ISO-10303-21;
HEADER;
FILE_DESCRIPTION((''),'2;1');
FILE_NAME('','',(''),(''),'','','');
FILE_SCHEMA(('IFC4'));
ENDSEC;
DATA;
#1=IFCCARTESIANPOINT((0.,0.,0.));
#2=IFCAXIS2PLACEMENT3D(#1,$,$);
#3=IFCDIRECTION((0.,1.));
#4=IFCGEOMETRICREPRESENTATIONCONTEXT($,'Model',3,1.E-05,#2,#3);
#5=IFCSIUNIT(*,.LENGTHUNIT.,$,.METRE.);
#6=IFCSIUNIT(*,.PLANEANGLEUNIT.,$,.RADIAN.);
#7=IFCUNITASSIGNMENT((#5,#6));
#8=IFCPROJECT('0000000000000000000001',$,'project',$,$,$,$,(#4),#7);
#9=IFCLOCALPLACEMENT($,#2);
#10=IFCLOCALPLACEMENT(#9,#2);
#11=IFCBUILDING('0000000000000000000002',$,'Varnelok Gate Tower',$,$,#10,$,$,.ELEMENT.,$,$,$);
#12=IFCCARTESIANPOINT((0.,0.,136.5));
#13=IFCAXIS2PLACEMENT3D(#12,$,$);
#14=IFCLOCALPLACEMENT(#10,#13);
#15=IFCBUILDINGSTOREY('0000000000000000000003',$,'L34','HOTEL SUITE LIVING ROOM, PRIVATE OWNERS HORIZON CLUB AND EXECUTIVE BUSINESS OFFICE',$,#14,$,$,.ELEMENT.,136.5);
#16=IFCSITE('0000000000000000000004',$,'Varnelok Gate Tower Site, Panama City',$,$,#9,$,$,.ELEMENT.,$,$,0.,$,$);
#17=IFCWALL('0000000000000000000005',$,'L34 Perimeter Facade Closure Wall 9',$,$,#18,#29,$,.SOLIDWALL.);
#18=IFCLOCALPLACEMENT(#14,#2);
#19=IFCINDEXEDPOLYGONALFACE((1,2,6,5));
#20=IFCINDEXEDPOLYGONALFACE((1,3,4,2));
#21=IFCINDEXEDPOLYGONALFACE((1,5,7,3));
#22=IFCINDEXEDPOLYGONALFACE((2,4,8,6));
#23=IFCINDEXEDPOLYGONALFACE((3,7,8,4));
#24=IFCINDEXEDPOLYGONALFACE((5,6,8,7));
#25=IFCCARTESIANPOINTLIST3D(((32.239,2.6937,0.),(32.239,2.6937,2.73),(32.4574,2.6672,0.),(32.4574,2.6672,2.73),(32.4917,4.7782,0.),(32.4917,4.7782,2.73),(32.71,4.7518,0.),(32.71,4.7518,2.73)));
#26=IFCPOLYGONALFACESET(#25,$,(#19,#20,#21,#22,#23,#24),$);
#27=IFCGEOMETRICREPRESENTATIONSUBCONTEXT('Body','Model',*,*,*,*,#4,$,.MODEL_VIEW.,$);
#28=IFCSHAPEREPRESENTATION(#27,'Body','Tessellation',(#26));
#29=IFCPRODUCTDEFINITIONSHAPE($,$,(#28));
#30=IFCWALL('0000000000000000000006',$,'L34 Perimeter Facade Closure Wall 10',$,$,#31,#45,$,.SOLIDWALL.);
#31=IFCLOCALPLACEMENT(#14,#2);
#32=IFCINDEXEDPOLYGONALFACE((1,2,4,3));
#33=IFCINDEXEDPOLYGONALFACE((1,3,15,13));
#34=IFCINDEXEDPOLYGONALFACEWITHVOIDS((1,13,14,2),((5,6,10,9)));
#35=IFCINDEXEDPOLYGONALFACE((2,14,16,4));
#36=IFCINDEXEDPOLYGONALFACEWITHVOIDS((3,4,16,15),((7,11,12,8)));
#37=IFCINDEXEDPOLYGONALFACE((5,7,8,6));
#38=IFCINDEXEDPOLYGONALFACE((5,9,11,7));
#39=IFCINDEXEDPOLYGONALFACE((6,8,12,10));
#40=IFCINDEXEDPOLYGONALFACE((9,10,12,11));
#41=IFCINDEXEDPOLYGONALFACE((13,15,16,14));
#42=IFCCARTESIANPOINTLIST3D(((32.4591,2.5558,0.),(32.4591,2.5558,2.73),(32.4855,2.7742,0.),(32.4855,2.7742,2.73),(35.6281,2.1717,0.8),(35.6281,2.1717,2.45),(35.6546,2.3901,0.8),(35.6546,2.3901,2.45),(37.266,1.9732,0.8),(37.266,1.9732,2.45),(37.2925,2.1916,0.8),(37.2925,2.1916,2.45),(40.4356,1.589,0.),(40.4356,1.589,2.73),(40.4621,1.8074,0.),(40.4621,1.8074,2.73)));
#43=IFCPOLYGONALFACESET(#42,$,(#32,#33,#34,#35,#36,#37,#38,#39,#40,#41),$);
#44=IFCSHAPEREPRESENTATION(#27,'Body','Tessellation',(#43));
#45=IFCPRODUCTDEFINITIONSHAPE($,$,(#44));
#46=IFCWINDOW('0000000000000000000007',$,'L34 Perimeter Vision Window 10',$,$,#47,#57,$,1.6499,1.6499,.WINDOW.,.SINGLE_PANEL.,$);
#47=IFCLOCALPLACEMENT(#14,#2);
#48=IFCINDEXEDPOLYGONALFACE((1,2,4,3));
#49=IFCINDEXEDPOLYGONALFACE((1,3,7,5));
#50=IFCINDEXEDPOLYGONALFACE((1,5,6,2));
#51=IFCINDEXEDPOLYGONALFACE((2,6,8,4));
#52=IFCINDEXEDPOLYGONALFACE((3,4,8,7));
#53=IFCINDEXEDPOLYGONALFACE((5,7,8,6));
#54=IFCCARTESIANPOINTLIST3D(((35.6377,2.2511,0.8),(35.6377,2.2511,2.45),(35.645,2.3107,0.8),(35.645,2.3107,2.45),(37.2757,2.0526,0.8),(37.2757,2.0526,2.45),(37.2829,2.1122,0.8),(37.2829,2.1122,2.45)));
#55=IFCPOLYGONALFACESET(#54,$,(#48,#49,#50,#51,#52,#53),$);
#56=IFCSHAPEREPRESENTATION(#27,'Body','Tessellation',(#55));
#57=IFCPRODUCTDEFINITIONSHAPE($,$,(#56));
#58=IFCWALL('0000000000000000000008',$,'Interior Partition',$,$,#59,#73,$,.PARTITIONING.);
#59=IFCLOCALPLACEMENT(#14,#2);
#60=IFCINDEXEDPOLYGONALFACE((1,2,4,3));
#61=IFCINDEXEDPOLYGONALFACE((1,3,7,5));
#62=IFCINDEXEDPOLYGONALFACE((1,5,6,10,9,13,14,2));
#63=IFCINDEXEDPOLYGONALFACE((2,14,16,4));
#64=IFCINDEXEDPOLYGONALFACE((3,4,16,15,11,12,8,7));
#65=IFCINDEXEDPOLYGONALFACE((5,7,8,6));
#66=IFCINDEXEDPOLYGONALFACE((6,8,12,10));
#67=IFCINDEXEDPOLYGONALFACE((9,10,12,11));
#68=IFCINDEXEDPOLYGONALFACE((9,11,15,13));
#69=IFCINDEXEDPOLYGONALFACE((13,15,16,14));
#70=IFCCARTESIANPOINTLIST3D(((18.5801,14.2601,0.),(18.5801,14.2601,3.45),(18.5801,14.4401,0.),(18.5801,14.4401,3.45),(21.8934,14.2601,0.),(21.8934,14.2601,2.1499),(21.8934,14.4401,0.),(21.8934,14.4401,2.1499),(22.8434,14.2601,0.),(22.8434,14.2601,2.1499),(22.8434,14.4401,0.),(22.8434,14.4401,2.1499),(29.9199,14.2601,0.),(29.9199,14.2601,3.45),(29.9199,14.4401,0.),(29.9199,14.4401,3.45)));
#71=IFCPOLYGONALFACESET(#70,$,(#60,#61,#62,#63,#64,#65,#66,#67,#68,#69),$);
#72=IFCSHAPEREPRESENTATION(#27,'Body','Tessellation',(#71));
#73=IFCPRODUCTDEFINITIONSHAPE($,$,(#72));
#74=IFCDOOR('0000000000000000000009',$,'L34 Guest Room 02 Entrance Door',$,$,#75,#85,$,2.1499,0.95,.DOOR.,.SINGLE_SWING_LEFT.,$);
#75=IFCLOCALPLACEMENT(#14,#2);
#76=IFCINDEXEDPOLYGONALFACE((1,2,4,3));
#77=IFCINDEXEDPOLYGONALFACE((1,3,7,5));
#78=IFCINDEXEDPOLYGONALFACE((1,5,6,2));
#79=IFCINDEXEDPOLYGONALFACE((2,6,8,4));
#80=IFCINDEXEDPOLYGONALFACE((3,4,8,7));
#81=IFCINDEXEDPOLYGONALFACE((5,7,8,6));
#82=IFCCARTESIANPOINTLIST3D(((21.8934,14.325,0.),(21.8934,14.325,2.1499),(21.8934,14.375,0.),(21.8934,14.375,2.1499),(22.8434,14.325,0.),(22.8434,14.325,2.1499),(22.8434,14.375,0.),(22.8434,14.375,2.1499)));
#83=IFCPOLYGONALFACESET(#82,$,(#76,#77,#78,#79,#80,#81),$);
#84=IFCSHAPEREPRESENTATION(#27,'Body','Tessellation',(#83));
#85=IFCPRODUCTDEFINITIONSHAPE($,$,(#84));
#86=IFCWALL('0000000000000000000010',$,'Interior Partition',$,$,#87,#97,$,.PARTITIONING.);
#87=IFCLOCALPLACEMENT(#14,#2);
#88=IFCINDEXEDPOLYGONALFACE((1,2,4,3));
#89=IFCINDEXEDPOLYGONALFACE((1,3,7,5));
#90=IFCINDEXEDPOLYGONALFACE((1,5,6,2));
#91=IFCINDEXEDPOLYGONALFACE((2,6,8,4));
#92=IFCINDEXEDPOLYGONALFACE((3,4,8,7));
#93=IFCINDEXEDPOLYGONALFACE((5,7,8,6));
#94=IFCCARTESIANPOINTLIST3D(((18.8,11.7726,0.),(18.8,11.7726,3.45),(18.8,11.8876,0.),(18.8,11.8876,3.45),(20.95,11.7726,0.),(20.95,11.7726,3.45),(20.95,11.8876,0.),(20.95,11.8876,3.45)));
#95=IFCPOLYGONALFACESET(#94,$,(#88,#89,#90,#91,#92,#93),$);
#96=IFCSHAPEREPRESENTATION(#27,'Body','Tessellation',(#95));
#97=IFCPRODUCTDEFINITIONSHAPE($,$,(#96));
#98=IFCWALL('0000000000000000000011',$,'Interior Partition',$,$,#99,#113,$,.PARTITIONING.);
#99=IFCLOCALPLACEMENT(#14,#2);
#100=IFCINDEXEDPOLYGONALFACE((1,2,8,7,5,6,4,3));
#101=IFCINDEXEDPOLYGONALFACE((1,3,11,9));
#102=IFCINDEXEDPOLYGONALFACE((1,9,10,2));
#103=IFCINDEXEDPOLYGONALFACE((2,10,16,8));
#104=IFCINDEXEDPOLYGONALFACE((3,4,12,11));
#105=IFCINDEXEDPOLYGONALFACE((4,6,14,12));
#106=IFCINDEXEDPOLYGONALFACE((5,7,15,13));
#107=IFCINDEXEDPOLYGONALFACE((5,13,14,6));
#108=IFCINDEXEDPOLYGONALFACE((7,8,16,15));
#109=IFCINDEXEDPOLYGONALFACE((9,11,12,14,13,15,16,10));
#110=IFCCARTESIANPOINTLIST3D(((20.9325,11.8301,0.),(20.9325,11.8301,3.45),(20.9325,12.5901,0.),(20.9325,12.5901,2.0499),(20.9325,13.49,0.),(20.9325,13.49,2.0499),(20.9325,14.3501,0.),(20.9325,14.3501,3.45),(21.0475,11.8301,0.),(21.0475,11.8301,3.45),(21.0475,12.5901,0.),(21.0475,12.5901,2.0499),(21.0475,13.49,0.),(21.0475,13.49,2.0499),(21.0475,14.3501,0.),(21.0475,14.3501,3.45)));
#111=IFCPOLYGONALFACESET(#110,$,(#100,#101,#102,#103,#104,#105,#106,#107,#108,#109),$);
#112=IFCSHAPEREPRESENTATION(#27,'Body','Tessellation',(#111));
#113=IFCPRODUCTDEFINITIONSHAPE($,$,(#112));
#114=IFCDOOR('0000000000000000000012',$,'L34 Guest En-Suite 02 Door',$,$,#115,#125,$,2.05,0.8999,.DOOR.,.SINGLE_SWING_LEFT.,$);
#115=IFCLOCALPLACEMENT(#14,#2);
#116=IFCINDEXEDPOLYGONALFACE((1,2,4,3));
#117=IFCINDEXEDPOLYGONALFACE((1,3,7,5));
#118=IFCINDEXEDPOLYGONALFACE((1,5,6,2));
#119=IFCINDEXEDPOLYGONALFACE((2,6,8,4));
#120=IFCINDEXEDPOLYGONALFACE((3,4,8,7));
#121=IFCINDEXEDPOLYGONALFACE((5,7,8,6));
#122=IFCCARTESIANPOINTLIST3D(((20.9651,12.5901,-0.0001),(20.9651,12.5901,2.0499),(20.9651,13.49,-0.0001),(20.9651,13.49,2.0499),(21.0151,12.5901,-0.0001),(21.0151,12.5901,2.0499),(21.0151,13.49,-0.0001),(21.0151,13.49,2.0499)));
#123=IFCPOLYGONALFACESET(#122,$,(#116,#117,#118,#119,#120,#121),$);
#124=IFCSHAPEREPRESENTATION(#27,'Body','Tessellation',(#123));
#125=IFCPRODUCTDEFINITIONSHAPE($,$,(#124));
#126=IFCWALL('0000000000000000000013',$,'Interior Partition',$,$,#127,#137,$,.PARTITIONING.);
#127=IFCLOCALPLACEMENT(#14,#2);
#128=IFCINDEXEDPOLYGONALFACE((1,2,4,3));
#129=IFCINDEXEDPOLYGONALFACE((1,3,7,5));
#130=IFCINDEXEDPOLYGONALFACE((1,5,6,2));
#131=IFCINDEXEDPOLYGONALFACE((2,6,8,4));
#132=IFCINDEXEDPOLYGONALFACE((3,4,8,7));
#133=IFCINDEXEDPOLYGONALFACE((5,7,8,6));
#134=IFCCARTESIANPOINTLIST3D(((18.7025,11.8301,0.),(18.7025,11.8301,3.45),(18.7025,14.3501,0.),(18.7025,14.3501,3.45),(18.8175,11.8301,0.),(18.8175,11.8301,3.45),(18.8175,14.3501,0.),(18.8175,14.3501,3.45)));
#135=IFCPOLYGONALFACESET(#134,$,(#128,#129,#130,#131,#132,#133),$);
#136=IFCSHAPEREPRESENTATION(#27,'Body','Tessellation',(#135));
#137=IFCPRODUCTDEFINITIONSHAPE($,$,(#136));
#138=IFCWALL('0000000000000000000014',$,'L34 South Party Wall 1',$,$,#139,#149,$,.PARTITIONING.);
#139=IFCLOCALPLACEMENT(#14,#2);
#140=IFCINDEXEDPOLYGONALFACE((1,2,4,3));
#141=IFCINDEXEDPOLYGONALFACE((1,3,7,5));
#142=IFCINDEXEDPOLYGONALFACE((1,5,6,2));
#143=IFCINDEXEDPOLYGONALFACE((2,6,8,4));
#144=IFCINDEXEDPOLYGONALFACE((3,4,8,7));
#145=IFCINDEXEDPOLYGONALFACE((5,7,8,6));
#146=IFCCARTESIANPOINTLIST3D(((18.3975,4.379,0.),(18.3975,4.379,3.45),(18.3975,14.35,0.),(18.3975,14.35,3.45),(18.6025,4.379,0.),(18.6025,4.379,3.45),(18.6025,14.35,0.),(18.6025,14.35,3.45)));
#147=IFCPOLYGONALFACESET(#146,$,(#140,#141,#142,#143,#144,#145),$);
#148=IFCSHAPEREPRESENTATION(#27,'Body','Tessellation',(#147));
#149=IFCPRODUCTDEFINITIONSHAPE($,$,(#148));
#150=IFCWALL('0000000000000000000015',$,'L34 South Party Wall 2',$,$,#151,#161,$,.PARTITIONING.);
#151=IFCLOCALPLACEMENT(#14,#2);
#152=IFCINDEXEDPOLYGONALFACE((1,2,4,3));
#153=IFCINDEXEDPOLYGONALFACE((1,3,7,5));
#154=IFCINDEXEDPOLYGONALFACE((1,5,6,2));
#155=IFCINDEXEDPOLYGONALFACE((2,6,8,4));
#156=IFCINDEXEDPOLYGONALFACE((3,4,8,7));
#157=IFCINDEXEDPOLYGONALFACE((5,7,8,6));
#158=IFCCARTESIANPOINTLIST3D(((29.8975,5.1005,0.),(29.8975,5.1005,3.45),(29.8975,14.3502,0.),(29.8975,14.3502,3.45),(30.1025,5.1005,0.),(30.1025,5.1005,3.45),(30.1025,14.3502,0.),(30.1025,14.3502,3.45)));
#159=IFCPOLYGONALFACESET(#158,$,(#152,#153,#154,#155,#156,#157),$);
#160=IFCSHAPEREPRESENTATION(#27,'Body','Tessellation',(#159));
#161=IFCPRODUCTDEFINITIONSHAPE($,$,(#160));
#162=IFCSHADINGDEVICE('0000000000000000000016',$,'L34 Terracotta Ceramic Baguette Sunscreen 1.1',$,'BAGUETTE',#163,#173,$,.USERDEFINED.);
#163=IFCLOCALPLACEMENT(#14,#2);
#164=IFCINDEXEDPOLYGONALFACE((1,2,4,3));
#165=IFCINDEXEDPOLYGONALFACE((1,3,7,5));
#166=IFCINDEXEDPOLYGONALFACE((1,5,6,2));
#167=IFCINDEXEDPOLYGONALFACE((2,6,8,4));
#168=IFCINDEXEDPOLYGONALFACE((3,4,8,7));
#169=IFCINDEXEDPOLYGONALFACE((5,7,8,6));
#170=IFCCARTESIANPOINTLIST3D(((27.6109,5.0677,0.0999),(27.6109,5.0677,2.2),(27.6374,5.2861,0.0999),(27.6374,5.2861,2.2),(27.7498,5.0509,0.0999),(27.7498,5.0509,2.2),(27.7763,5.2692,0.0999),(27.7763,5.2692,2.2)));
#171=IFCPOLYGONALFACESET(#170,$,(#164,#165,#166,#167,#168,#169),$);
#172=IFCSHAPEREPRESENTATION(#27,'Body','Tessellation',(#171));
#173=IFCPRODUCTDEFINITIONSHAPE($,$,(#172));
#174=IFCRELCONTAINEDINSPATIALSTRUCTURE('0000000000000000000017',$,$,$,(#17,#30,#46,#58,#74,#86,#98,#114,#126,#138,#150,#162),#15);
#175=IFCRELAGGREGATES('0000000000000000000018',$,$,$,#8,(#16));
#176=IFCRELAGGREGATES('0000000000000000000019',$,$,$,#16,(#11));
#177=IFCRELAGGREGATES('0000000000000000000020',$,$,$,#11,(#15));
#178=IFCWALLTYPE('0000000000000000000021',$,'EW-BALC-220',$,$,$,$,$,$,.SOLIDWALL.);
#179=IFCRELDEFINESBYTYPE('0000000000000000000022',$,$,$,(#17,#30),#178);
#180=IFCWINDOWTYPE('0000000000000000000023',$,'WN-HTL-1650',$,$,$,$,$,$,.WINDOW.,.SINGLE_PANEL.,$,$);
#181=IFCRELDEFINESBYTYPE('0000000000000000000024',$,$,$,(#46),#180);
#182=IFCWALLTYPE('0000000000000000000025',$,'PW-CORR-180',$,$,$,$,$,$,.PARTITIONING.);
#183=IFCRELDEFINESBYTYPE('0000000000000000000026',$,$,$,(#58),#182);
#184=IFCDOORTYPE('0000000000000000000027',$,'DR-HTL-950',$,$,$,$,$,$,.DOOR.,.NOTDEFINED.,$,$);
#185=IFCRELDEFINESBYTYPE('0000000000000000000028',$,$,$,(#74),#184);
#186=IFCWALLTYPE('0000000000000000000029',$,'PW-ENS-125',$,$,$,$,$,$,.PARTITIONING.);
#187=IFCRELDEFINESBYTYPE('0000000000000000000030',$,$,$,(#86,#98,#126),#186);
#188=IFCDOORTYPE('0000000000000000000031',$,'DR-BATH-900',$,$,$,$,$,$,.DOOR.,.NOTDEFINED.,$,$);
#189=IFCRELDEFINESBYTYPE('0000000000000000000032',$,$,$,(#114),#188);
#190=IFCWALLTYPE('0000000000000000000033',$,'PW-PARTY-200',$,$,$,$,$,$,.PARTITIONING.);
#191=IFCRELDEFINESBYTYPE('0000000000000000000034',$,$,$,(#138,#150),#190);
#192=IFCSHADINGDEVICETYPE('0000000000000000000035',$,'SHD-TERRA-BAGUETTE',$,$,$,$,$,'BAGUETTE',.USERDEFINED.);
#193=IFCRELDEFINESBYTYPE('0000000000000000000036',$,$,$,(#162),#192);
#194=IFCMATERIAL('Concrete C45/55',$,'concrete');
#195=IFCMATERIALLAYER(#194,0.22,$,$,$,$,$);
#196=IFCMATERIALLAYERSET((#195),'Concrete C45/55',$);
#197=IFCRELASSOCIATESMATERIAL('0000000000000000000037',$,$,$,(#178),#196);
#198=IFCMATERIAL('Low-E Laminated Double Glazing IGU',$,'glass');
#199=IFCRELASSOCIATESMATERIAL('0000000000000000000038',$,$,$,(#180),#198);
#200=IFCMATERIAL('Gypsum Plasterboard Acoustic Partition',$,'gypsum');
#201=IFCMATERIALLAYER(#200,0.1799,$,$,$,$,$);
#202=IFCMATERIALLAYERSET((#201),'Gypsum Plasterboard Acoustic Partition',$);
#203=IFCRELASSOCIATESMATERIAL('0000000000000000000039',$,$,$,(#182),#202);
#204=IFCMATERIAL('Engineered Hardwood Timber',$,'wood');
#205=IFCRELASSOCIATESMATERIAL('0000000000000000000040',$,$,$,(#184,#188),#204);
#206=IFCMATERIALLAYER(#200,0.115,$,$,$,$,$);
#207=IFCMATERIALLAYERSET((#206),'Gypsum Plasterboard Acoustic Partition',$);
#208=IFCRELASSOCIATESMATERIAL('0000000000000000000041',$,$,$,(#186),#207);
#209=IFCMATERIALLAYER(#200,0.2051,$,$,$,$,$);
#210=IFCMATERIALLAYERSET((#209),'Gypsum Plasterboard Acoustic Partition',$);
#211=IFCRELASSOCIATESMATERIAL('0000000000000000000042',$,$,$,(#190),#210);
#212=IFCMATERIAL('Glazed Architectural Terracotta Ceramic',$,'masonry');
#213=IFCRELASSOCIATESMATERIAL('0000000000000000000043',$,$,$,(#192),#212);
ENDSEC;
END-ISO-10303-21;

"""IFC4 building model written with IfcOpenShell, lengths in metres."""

from ifc_helpers import new_model, si_unit, direction, frame, frame_2d, origin, origin_2d, place, context, subcontext, project, spatial, rectangle, extrude, source, transform, mapped, material, layer, layer_set, type_object, element, fill, save


model = new_model("IFC4")

# Units and contexts
model_context = context("Model", 3, precision=1e-05, world=origin(), true_north=direction((0.0, 1.0)))
body_context = subcontext(model_context, "Body", "Model", "MODEL_VIEW")
ifc_project = project(units=[si_unit("LENGTHUNIT", "METRE"), si_unit("PLANEANGLEUNIT", "RADIAN")], contexts=[model_context])

# Site, building, storey
site_placement = place(None, origin())
site = spatial("IfcSite", under=ifc_project, at=site_placement, Name="Varnelok Gate Tower Site, Panama City", CompositionType="ELEMENT", RefElevation=0.0)
building_placement = place(site_placement, origin())
building = spatial("IfcBuilding", under=site, at=building_placement, Name="Varnelok Gate Tower", CompositionType="ELEMENT")
storey_placement = place(building_placement, frame((0.0, 0.0, 136.5)))
storey = spatial("IfcBuildingStorey", under=building, at=storey_placement, Name="L34", Description="HOTEL SUITE LIVING ROOM, PRIVATE OWNERS HORIZON CLUB AND EXECUTIVE BUSINESS OFFICE", CompositionType="ELEMENT", Elevation=136.5)

# Shared definitions
ifc_material_1 = material(Name="Concrete C45/55", Category="concrete")
ifc_layer_1 = layer(ifc_material_1, 0.22)
ifc_layer_set_1 = layer_set([ifc_layer_1], Name="Concrete C45/55")
wall_type_1 = type_object("IfcWallType", Name="EW-BALC-220", PredefinedType="SOLIDWALL", material=ifc_layer_set_1)

# Wall
wall_1_placement = place(storey_placement, frame((32.6008, 4.7649, 0.0), z_axis=(0.0, 0.0, 1.0), x_axis=(-0.120328, -0.992734, 0.0)))
element("IfcWall", 1, at=wall_1_placement, inside=storey, type_object=wall_type_1, Name="L34 Perimeter Facade Closure Wall 9", PredefinedType="SOLIDWALL", context=body_context, shape_type="SweptSolid", body=[
    extrude(rectangle(XDim=2.0999, YDim=0.22, at=frame_2d((1.0498, 0.0))), origin(), (0.0, 0.0, 1.0), 2.73),
])

# Wall, opening, window
wall_2_placement = place(storey_placement, frame((32.4722, 2.665, 0.0), z_axis=(0.0, 0.0, 1.0), x_axis=(0.992735, -0.120324, 0.0)))
wall_2 = element("IfcWall", 2, at=wall_2_placement, inside=storey, type_object=wall_type_1, Name="L34 Perimeter Facade Closure Wall 10", PredefinedType="SOLIDWALL", context=body_context, shape_type="SweptSolid", body=[
    extrude(rectangle(XDim=8.0349, YDim=0.22, at=frame_2d((4.0176, 0.0))), origin(), (0.0, 0.0, 1.0), 2.73),
])
opening_1_placement = place(wall_2_placement, frame((3.1924, 0.0, 0.8)))
opening_1 = element("IfcOpeningElement", 3, at=opening_1_placement, cuts=wall_2, PredefinedType="OPENING", context=body_context, shape_type="SweptSolid", body=[
    extrude(rectangle(XDim=1.6499, YDim=1.6499, at=frame_2d((0.825, 0.825))), frame((0.0, 0.1199, 0.0), z_axis=(0.0, -1.0, 0.0), x_axis=(1.0, 0.0, 0.0)), (0.0, 0.0, 1.0), 0.24),
])
ifc_material_2 = material(Name="Low-E Laminated Double Glazing IGU", Category="glass")
window_type = type_object("IfcWindowType", Name="WN-HTL-1650", PartitioningType="SINGLE_PANEL", PredefinedType="WINDOW", material=ifc_material_2)
window_placement = place(opening_1_placement, origin())
window = element("IfcWindow", 4, at=window_placement, inside=storey, type_object=window_type, Name="L34 Perimeter Vision Window 10", OverallHeight=1.6499, OverallWidth=1.6499, PartitioningType="SINGLE_PANEL", PredefinedType="WINDOW", context=body_context, shape_type="SweptSolid", body=[
    extrude(rectangle(XDim=1.6499, YDim=1.6499, at=frame_2d((0.825, 0.825))), frame((0.0, 0.03, 0.0), z_axis=(0.0, -1.0, 0.0), x_axis=(1.0, 0.0, 0.0)), (0.0, 0.0, 1.0), 0.0601),
])
fill(opening_1, window)

# Wall, opening, door
ifc_material_3 = material(Name="Gypsum Plasterboard Acoustic Partition", Category="gypsum")
ifc_layer_2 = layer(ifc_material_3, 0.1799)
ifc_layer_set_2 = layer_set([ifc_layer_2], Name="Gypsum Plasterboard Acoustic Partition")
wall_type_2 = type_object("IfcWallType", Name="PW-CORR-180", PredefinedType="PARTITIONING", material=ifc_layer_set_2)
wall_3_placement = place(storey_placement, frame((18.5801, 14.3501, 0.0), z_axis=(0.0, 0.0, 1.0), x_axis=(1.0, 0.0, 0.0)))
wall_3 = element("IfcWall", 5, at=wall_3_placement, inside=storey, type_object=wall_type_2, Name="Interior Partition", PredefinedType="PARTITIONING", context=body_context, shape_type="SweptSolid", body=[
    extrude(rectangle(XDim=11.3398, YDim=0.1799, at=frame_2d((5.6699, 0.0))), origin(), (0.0, 0.0, 1.0), 3.45),
])
opening_2_placement = place(wall_3_placement, frame((3.3132, 0.0, 0.0)))
opening_2 = element("IfcOpeningElement", 6, at=opening_2_placement, cuts=wall_3, PredefinedType="OPENING", context=body_context, shape_type="SweptSolid", body=[
    extrude(rectangle(XDim=0.95, YDim=2.1499, at=frame_2d((0.4751, 1.075))), frame((0.0, 0.0999, 0.0), z_axis=(0.0, -1.0, 0.0), x_axis=(1.0, 0.0, 0.0)), (0.0, 0.0, 1.0), 0.2),
])
ifc_material_4 = material(Name="Engineered Hardwood Timber", Category="wood")
door_type_1 = type_object("IfcDoorType", Name="DR-HTL-950", OperationType="NOTDEFINED", PredefinedType="DOOR", material=ifc_material_4)
door_1_placement = place(opening_2_placement, origin())
door_1 = element("IfcDoor", 7, at=door_1_placement, inside=storey, type_object=door_type_1, Name="L34 Guest Room 02 Entrance Door", OperationType="SINGLE_SWING_LEFT", OverallHeight=2.1499, OverallWidth=0.95, PredefinedType="DOOR", context=body_context, shape_type="SweptSolid", body=[
    extrude(rectangle(XDim=0.95, YDim=2.1499, at=frame_2d((0.4751, 1.075))), frame((0.0, 0.0249, 0.0), z_axis=(0.0, -1.0, 0.0), x_axis=(1.0, 0.0, 0.0)), (0.0, 0.0, 1.0), 0.05),
])
fill(opening_2, door_1)

# Wall
ifc_layer_3 = layer(ifc_material_3, 0.115)
ifc_layer_set_3 = layer_set([ifc_layer_3], Name="Gypsum Plasterboard Acoustic Partition")
wall_type_3 = type_object("IfcWallType", Name="PW-ENS-125", PredefinedType="PARTITIONING", material=ifc_layer_set_3)
wall_4_placement = place(storey_placement, frame((18.8, 11.8301, 0.0), z_axis=(0.0, 0.0, 1.0), x_axis=(1.0, 0.0, 0.0)))
element("IfcWall", 8, at=wall_4_placement, inside=storey, type_object=wall_type_3, Name="Interior Partition", PredefinedType="PARTITIONING", context=body_context, shape_type="SweptSolid", body=[
    extrude(rectangle(XDim=2.1499, YDim=0.115, at=frame_2d((1.075, 0.0))), origin(), (0.0, 0.0, 1.0), 3.45),
])

# Wall, opening, door
wall_5_placement = place(storey_placement, frame((20.99, 11.8301, 0.0), z_axis=(0.0, 0.0, 1.0), x_axis=(0.0, 1.0, 0.0)))
wall_5 = element("IfcWall", 9, at=wall_5_placement, inside=storey, type_object=wall_type_3, Name="Interior Partition", PredefinedType="PARTITIONING", context=body_context, shape_type="SweptSolid", body=[
    extrude(rectangle(XDim=2.52, YDim=0.115, at=frame_2d((1.26, 0.0))), origin(), (0.0, 0.0, 1.0), 3.45),
])
opening_3_placement = place(wall_5_placement, frame((0.76, 0.0, 0.0)))
opening_3 = element("IfcOpeningElement", 10, at=opening_3_placement, cuts=wall_5, PredefinedType="OPENING", context=body_context, shape_type="SweptSolid", body=[
    extrude(rectangle(XDim=0.8999, YDim=2.05, at=frame_2d((0.45, 1.0249))), frame((0.0, 0.0674, 0.0), z_axis=(0.0, -1.0, 0.0), x_axis=(1.0, 0.0, 0.0)), (0.0, 0.0, 1.0), 0.135),
])
door_type_2 = type_object("IfcDoorType", Name="DR-BATH-900", OperationType="NOTDEFINED", PredefinedType="DOOR", material=ifc_material_4)
door_2_placement = place(opening_3_placement, origin())
door_2 = element("IfcDoor", 11, at=door_2_placement, inside=storey, type_object=door_type_2, Name="L34 Guest En-Suite 02 Door", OperationType="SINGLE_SWING_LEFT", OverallHeight=2.05, OverallWidth=0.8999, PredefinedType="DOOR", context=body_context, shape_type="SweptSolid", body=[
    extrude(rectangle(XDim=0.8999, YDim=2.05, at=frame_2d((0.45, 1.0249))), frame((0.0, 0.0249, 0.0), z_axis=(0.0, -1.0, 0.0), x_axis=(1.0, 0.0, 0.0)), (0.0, 0.0, 1.0), 0.05),
])
fill(opening_3, door_2)

# Walls
wall_6_placement = place(storey_placement, frame((18.76, 11.8301, 0.0), z_axis=(0.0, 0.0, 1.0), x_axis=(0.0, 1.0, 0.0)))
element("IfcWall", 12, at=wall_6_placement, inside=storey, type_object=wall_type_3, Name="Interior Partition", PredefinedType="PARTITIONING", context=body_context, shape_type="SweptSolid", body=[
    extrude(rectangle(XDim=2.52, YDim=0.115, at=frame_2d((1.26, 0.0))), origin(), (0.0, 0.0, 1.0), 3.45),
])
ifc_layer_4 = layer(ifc_material_3, 0.2051)
ifc_layer_set_4 = layer_set([ifc_layer_4], Name="Gypsum Plasterboard Acoustic Partition")
wall_type_4 = type_object("IfcWallType", Name="PW-PARTY-200", PredefinedType="PARTITIONING", material=ifc_layer_set_4)
wall_7_placement = place(storey_placement, frame((18.5, 4.3792, 0.0), z_axis=(0.0, 0.0, 1.0), x_axis=(0.0, 1.0, 0.0)))
element("IfcWall", 13, at=wall_7_placement, inside=storey, type_object=wall_type_4, Name="L34 South Party Wall 1", PredefinedType="PARTITIONING", context=body_context, shape_type="SweptSolid", body=[
    extrude(rectangle(XDim=9.9709, YDim=0.2051, at=frame_2d((4.9854, 0.0))), origin(), (0.0, 0.0, 1.0), 3.45),
])
wall_8_placement = place(storey_placement, frame((30.0, 5.1003, 0.0), z_axis=(0.0, 0.0, 1.0), x_axis=(0.0, 1.0, 0.0)))
element("IfcWall", 14, at=wall_8_placement, inside=storey, type_object=wall_type_4, Name="L34 South Party Wall 2", PredefinedType="PARTITIONING", context=body_context, shape_type="SweptSolid", body=[
    extrude(rectangle(XDim=9.2498, YDim=0.2051, at=frame_2d((4.625, 0.0))), origin(), (0.0, 0.0, 1.0), 3.45),
])

# Shading device
ifc_material_5 = material(Name="Glazed Architectural Terracotta Ceramic", Category="masonry")
shading_device_type = type_object("IfcShadingDeviceType", Name="SHD-TERRA-BAGUETTE", ElementType="BAGUETTE", PredefinedType="USERDEFINED", material=ifc_material_5)
shared_shape_1 = source(origin(), body_context, "Body", "SweptSolid", [
    extrude(rectangle(XDim=0.1399, YDim=0.22, at=origin_2d()), origin(), (0.0, 0.0, 1.0), 2.1001),
])
shading_device_placement = place(storey_placement, frame((27.6936, 5.1685, 0.0999), z_axis=(0.0, 0.0, 1.0), x_axis=(0.992732, -0.120345, 0.0)))
element("IfcShadingDevice", 15, at=shading_device_placement, inside=storey, type_object=shading_device_type, Name="L34 Terracotta Ceramic Baguette Sunscreen 1.1", ObjectType="BAGUETTE", PredefinedType="USERDEFINED", context=body_context, shape_type="MappedRepresentation", body=[
    mapped(shared_shape_1, transform((0.0, 0.0, 0.0), scale=1.0)),
])

save(model, "model.ifc")
